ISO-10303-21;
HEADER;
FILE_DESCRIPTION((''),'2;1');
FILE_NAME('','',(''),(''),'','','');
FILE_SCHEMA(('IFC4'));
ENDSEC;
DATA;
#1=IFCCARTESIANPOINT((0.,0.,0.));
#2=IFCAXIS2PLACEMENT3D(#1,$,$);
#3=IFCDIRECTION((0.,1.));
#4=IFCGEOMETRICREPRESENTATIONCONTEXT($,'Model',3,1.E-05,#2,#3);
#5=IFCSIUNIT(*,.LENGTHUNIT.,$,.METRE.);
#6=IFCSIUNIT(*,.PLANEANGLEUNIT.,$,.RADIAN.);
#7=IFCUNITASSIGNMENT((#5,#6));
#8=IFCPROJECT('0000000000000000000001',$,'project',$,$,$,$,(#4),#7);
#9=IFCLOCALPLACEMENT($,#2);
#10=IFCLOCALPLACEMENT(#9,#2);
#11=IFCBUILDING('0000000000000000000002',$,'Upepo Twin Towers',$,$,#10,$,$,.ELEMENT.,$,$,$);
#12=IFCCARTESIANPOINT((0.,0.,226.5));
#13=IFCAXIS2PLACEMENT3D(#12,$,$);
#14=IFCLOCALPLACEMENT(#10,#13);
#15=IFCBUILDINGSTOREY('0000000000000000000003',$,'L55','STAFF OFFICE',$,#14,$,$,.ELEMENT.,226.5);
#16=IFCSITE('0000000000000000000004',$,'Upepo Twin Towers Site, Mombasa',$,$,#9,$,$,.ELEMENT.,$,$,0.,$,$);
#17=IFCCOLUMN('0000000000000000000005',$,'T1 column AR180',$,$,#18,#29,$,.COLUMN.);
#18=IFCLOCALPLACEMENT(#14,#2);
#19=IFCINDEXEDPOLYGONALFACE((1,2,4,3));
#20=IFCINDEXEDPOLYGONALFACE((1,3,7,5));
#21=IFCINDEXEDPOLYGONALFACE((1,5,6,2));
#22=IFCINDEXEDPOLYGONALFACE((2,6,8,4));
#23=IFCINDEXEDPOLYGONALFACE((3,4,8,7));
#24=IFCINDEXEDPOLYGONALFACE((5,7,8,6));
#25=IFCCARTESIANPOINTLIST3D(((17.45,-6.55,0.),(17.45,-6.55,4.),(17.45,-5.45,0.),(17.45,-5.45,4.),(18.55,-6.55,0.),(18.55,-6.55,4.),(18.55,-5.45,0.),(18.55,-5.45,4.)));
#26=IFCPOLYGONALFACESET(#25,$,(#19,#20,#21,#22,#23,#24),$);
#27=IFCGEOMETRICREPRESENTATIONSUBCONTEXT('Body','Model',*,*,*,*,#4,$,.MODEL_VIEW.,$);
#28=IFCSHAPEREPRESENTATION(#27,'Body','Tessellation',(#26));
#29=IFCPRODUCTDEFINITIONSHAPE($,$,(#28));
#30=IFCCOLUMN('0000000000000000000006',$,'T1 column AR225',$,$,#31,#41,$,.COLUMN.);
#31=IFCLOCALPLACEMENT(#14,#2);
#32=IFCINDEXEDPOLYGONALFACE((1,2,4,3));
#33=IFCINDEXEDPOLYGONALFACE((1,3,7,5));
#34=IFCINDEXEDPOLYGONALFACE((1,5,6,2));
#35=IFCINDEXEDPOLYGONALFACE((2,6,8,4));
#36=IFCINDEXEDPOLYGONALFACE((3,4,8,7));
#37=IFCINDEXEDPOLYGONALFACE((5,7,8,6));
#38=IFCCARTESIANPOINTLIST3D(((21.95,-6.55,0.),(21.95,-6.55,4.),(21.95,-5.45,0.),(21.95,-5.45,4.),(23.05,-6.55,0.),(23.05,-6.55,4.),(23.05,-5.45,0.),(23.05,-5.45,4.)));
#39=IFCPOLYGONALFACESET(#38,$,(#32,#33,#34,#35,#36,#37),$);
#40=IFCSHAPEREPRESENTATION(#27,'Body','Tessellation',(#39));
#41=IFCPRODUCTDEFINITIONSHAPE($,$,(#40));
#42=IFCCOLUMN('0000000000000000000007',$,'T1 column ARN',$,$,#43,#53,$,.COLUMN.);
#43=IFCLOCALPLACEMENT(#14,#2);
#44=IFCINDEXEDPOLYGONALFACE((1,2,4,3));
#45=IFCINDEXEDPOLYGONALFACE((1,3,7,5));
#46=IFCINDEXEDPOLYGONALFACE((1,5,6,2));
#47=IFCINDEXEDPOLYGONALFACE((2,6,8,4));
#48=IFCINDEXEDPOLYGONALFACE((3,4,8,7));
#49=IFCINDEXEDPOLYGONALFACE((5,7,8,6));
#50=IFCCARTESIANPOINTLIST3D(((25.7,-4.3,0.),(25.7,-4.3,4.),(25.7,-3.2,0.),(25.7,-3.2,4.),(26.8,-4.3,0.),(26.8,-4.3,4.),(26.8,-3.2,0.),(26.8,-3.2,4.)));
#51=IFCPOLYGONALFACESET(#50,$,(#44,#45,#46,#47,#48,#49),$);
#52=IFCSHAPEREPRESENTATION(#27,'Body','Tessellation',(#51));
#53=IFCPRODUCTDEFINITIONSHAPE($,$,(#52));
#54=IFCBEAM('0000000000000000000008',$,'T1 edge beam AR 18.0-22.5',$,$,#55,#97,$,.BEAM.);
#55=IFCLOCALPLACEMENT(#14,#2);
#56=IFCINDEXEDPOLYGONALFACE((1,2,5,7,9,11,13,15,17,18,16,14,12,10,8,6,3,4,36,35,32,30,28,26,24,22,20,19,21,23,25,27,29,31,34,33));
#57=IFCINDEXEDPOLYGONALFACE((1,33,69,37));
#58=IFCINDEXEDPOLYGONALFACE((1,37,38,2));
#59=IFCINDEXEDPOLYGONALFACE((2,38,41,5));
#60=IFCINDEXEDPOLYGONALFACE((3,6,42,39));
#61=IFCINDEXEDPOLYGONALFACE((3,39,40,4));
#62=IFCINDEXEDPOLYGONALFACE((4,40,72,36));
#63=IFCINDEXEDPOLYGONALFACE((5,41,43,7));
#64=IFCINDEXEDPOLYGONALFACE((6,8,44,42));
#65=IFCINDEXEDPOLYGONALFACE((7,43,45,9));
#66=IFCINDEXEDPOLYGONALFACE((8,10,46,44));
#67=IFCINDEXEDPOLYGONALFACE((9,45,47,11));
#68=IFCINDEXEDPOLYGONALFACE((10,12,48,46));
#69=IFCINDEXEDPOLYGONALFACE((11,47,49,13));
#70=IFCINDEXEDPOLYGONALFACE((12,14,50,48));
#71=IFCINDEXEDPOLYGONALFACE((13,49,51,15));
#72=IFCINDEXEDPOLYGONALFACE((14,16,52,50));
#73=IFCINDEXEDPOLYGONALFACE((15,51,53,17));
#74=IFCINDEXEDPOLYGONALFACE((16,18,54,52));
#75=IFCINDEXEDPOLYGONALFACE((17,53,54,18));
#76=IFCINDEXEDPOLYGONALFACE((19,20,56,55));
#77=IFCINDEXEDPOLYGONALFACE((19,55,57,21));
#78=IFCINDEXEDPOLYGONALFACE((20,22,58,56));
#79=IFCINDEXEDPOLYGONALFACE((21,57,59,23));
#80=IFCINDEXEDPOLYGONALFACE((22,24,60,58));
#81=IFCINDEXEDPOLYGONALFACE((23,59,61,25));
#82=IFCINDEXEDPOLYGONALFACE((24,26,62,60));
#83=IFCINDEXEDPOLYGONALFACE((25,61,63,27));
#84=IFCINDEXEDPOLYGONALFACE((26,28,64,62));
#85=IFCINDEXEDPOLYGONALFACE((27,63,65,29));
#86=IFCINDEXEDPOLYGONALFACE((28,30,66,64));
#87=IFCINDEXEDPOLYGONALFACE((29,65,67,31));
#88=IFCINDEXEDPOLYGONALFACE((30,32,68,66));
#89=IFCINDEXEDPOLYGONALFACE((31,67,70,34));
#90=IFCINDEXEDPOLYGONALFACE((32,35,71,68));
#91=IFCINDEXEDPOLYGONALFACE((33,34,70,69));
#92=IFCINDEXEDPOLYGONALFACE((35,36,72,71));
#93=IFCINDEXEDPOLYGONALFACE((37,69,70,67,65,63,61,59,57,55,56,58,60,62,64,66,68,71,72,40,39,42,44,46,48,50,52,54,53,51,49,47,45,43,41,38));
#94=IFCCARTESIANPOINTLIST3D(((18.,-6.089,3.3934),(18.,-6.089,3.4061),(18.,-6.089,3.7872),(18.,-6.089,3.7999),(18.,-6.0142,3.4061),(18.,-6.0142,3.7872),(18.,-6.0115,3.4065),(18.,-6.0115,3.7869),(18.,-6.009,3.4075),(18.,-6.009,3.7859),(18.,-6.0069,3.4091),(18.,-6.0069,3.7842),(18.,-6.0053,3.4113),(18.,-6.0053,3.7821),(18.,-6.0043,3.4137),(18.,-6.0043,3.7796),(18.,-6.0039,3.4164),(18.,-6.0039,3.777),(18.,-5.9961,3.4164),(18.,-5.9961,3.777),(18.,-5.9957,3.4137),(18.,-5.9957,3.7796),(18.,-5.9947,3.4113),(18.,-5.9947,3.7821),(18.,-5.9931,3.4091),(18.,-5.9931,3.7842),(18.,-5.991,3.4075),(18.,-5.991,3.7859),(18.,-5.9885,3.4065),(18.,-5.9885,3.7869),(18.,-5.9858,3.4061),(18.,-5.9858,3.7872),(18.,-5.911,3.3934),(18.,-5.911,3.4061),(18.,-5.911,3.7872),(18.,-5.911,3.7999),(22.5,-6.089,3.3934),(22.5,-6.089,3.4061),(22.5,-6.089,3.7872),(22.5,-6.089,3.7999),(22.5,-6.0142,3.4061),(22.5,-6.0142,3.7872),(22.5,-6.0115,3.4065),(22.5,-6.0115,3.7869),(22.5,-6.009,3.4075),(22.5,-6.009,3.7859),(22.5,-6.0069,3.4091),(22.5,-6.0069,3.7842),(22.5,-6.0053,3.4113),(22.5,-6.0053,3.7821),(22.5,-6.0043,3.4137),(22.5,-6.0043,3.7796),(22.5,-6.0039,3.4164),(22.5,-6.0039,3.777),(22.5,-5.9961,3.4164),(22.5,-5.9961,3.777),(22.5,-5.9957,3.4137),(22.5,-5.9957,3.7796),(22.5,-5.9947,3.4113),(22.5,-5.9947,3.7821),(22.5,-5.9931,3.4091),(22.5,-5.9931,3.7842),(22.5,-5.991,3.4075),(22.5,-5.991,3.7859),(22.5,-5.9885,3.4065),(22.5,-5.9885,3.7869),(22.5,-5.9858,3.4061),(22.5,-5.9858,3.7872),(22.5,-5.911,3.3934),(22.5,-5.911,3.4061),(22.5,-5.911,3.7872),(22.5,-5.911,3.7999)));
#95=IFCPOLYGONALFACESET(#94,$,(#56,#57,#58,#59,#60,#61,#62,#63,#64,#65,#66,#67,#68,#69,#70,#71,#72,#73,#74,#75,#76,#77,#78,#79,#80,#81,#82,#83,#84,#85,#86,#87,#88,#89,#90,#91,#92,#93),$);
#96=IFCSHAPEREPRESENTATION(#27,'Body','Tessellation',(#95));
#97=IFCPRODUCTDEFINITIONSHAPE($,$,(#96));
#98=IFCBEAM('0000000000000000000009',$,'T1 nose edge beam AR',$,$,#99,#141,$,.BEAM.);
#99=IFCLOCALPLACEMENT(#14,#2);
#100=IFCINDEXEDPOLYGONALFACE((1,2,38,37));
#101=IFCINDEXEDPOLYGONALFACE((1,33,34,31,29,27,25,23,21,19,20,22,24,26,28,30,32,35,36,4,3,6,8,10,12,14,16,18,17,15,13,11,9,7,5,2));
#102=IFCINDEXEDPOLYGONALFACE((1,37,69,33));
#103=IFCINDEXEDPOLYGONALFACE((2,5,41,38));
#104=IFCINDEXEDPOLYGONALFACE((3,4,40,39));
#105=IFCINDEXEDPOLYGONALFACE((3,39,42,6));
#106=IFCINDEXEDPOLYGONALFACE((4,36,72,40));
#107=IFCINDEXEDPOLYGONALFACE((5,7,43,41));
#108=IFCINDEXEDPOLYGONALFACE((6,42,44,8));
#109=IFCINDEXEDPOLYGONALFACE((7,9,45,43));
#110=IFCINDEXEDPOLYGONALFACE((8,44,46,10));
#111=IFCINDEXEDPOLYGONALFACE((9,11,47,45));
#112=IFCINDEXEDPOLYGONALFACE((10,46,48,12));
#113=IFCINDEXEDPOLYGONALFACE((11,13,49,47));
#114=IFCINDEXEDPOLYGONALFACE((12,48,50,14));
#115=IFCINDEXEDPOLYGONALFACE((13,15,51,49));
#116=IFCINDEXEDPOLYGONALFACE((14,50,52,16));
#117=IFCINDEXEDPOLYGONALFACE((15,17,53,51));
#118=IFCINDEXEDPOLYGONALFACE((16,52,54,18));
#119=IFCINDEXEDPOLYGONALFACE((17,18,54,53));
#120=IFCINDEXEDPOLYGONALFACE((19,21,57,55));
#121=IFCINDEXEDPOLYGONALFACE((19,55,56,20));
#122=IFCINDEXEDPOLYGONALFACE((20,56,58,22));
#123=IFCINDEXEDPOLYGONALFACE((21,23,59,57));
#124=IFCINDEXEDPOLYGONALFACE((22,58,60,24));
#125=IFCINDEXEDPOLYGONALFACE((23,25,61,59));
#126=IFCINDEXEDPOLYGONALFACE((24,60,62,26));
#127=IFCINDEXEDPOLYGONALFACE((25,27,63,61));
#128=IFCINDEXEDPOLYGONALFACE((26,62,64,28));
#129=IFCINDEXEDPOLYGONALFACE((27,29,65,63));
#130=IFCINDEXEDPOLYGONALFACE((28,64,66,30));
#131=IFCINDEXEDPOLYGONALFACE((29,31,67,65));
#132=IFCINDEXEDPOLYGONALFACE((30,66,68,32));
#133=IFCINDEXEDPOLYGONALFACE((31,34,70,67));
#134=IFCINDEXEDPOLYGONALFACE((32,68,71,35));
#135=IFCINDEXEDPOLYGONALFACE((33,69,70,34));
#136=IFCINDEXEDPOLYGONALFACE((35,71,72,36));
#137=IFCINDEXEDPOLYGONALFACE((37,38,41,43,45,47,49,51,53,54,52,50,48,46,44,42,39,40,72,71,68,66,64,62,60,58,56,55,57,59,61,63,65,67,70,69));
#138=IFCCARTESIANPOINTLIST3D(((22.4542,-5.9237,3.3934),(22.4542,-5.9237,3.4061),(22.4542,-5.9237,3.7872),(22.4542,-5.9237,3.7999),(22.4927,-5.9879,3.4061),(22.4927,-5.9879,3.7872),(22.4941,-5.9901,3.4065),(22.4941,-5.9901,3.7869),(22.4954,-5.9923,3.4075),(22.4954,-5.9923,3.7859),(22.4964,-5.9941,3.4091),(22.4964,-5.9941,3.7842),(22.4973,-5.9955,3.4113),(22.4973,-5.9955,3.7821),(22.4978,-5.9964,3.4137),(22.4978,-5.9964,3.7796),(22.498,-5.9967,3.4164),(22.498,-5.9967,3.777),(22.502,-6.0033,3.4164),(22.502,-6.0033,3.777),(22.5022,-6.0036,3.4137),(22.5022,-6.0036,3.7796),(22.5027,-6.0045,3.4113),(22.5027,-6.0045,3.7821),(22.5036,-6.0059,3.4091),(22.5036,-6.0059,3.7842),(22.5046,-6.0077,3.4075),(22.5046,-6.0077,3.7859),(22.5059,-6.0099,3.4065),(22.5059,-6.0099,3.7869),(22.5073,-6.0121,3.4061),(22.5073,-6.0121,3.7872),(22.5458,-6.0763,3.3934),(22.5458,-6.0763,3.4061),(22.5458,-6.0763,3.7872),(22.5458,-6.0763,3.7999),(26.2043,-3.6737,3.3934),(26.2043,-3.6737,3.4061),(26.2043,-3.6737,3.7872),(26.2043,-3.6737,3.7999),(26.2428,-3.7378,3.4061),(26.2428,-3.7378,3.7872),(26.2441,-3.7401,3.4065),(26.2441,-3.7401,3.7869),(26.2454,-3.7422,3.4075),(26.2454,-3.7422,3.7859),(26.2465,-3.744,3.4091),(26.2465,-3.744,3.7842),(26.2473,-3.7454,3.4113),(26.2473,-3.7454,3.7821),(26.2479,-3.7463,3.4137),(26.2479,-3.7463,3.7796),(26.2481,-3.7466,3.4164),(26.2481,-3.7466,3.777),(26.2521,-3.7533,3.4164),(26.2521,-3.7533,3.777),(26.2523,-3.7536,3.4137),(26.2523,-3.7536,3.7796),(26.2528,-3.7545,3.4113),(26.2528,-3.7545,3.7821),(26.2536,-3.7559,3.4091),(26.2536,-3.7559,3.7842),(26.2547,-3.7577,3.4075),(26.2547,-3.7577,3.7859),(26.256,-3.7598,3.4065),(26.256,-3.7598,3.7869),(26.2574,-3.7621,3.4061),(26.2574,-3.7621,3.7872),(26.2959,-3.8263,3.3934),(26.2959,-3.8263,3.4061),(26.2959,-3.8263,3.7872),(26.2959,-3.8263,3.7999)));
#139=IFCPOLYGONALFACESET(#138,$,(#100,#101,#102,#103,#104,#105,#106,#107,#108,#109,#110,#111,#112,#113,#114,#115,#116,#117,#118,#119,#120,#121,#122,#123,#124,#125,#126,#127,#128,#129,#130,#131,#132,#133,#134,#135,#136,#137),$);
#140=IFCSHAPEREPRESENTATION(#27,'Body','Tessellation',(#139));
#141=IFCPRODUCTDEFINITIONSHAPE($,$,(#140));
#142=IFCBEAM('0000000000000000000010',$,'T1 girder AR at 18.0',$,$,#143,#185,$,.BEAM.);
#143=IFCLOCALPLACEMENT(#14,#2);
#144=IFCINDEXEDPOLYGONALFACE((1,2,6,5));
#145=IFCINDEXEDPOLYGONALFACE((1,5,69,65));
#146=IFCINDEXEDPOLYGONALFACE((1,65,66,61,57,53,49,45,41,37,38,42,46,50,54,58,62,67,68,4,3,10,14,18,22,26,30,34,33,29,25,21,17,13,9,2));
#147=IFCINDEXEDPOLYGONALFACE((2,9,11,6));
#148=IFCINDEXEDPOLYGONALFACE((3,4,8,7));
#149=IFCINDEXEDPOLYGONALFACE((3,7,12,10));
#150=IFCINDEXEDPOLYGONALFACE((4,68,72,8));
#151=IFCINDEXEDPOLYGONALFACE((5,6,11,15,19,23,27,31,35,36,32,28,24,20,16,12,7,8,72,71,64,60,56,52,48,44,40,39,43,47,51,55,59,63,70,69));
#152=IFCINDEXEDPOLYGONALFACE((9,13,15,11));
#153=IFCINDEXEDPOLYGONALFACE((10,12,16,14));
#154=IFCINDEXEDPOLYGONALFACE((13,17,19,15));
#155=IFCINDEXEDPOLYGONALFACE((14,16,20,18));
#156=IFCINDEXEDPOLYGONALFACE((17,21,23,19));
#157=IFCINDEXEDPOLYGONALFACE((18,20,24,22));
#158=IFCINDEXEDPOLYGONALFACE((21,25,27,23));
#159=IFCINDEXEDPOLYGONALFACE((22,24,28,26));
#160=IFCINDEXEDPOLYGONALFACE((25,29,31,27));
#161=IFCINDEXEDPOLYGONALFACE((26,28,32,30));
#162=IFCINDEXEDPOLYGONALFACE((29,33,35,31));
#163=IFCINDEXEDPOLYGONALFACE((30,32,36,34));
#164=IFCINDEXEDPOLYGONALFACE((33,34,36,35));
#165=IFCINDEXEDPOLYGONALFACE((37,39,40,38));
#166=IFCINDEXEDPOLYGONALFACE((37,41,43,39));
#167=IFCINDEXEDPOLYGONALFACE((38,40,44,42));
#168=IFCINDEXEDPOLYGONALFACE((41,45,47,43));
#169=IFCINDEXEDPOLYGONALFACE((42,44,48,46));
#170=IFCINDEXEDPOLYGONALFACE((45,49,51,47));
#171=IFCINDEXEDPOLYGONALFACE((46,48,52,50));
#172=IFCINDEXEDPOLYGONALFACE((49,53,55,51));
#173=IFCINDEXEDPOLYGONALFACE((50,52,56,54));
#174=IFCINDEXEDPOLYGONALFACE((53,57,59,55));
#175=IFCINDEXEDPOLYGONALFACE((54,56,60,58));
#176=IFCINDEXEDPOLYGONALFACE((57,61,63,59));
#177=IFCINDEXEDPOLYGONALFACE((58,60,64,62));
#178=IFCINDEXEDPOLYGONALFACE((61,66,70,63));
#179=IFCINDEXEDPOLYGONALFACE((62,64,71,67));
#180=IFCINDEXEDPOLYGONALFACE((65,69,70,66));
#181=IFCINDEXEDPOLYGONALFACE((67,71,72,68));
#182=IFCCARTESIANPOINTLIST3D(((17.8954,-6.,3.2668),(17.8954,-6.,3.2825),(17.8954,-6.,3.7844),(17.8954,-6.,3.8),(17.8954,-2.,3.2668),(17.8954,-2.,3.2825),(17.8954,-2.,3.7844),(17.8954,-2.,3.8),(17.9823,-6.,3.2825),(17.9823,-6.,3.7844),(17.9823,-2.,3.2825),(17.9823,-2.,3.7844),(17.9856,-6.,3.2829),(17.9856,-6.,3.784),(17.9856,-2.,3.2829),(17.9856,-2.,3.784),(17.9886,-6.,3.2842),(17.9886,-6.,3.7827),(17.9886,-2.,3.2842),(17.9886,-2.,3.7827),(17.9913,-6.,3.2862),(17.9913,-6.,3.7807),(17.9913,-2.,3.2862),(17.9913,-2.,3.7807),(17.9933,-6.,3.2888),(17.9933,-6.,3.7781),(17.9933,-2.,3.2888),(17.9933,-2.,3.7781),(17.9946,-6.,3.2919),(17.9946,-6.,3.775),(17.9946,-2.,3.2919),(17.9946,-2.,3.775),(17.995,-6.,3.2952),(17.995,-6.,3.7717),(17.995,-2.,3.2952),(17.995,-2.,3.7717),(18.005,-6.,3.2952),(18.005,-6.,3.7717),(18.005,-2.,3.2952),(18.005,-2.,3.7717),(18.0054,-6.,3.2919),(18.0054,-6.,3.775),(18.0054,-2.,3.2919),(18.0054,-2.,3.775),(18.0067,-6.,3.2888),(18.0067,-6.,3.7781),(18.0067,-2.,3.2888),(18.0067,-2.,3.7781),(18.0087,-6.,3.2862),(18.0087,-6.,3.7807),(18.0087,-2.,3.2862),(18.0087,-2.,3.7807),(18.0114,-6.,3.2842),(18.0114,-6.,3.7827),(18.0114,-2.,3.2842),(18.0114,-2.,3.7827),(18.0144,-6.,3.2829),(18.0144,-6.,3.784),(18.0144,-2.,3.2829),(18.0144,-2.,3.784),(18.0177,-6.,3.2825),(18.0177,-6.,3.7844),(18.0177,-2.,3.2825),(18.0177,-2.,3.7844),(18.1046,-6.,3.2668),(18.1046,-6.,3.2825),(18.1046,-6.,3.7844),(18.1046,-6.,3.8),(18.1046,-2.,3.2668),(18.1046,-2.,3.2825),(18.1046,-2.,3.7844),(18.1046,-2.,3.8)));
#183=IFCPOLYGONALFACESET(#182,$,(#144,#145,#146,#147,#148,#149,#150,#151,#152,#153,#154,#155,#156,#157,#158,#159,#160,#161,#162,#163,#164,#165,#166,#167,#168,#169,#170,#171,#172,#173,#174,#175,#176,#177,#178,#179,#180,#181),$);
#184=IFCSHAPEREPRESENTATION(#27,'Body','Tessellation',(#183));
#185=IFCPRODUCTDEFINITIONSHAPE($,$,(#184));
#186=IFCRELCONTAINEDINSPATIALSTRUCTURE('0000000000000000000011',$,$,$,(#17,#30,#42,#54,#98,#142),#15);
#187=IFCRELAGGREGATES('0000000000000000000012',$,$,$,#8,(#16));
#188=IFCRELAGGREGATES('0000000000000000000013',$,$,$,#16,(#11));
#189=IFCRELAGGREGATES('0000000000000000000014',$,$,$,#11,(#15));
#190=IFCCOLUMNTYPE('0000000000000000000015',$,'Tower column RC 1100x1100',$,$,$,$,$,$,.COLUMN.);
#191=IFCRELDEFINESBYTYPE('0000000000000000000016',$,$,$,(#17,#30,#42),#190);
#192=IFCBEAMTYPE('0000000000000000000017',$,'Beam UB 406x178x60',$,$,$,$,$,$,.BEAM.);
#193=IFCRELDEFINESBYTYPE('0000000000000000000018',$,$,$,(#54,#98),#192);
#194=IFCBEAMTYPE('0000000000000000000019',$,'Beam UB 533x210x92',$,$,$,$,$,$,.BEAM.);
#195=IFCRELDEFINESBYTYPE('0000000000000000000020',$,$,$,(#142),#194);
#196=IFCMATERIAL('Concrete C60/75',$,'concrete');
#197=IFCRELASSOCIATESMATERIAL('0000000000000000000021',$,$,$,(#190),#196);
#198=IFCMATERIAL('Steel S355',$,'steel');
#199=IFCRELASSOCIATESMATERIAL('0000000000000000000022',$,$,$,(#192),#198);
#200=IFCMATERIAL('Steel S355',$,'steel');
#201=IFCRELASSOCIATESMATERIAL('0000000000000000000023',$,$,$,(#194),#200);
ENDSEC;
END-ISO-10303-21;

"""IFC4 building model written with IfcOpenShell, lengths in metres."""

from ifc_helpers import new_model, si_unit, direction, frame, origin, origin_2d, place, context, subcontext, project, spatial, rectangle, i_section, extrude, material, material_profile, profile_set, type_object, element, save


model = new_model("IFC4")

# Units and contexts
model_context = context("Model", 3, precision=1e-05, world=origin(), true_north=direction((0.0, 1.0)))
body_context = subcontext(model_context, "Body", "Model", "MODEL_VIEW")
ifc_project = project(units=[si_unit("LENGTHUNIT", "METRE"), si_unit("PLANEANGLEUNIT", "RADIAN")], contexts=[model_context])

# Site, building, storey
site_placement = place(None, origin())
site = spatial("IfcSite", under=ifc_project, at=site_placement, Name="Upepo Twin Towers Site, Mombasa", CompositionType="ELEMENT", RefElevation=0.0)
building_placement = place(site_placement, origin())
building = spatial("IfcBuilding", under=site, at=building_placement, Name="Upepo Twin Towers", CompositionType="ELEMENT")
storey_placement = place(building_placement, frame((0.0, 0.0, 226.5)))
storey = spatial("IfcBuildingStorey", under=building, at=storey_placement, Name="L55", Description="STAFF OFFICE", CompositionType="ELEMENT", Elevation=226.5)

# Columns
ifc_material_1 = material(Name="Concrete C60/75", Category="concrete")
ifc_material_profile_1 = material_profile(ifc_material_1, rectangle(XDim=1.1001, YDim=1.1001, at=origin_2d()), Name="RC 1100x1100")
ifc_profile_set_1 = profile_set([ifc_material_profile_1], Name="Concrete C60/75")
column_type = type_object("IfcColumnType", Name="Tower column RC 1100x1100", PredefinedType="COLUMN", material=ifc_profile_set_1)
for number, where, z_axis, x_axis, name in (
    (1, (18.0, -6.0, 0.0), (0.0, 0.0, 1.0), (1.0, 0.0, 0.0), "T1 column AR180"),
    (2, (22.5, -6.0, 0.0), (0.0, 0.0, 1.0), (1.0, 0.0, 0.0), "T1 column AR225"),
    (3, (26.25, -3.75, 0.0), (0.0, 0.0, 1.0), (1.0, 0.0, 0.0), "T1 column ARN"),
):
    element("IfcColumn", number, at=place(storey_placement, frame(where, z_axis=z_axis, x_axis=x_axis)), inside=storey, type_object=column_type, Name=name, PredefinedType="COLUMN", context=body_context, shape_type="SweptSolid", body=[
        extrude(rectangle(XDim=1.1001, YDim=1.1001, at=origin_2d()), origin(), (0.0, 0.0, 1.0), 4.0),
    ])

# Beams
ifc_material_2 = material(Name="Steel S355", Category="steel")
ifc_material_profile_2 = material_profile(ifc_material_2, i_section(OverallWidth=0.178, OverallDepth=0.4065, WebThickness=0.0078, FlangeThickness=0.0127, FilletRadius=0.0103, at=origin_2d()), Name="UB 406x178x60")
ifc_profile_set_2 = profile_set([ifc_material_profile_2], Name="Steel S355")
beam_type_1 = type_object("IfcBeamType", Name="Beam UB 406x178x60", PredefinedType="BEAM", material=ifc_profile_set_2)
beam_1_placement = place(storey_placement, frame((18.0, -6.0, 3.5967), z_axis=(1.0, 0.0, 0.0), x_axis=(0.0, 1.0, 0.0)))
element("IfcBeam", 4, at=beam_1_placement, inside=storey, type_object=beam_type_1, Name="T1 edge beam AR 18.0-22.5", PredefinedType="BEAM", context=body_context, shape_type="SweptSolid", body=[
    extrude(i_section(OverallWidth=0.178, OverallDepth=0.4065, WebThickness=0.0078, FlangeThickness=0.0127, FilletRadius=0.0103, at=origin_2d()), origin(), (0.0, 0.0, 1.0), 4.5),
])
beam_2_placement = place(storey_placement, frame((22.5, -6.0, 3.5967), z_axis=(0.857493, 0.514496, 0.0), x_axis=(-0.514496, 0.857493, 0.0)))
element("IfcBeam", 5, at=beam_2_placement, inside=storey, type_object=beam_type_1, Name="T1 nose edge beam AR", PredefinedType="BEAM", context=body_context, shape_type="SweptSolid", body=[
    extrude(i_section(OverallWidth=0.178, OverallDepth=0.4065, WebThickness=0.0078, FlangeThickness=0.0127, FilletRadius=0.0103, at=origin_2d()), origin(), (0.0, 0.0, 1.0), 4.3733),
])
ifc_material_3 = material(Name="Steel S355", Category="steel")
ifc_material_profile_3 = material_profile(ifc_material_3, i_section(OverallWidth=0.2092, OverallDepth=0.5332, WebThickness=0.01, FlangeThickness=0.0156, FilletRadius=0.0127, at=origin_2d()), Name="UB 533x210x92")
ifc_profile_set_3 = profile_set([ifc_material_profile_3], Name="Steel S355")
beam_type_2 = type_object("IfcBeamType", Name="Beam UB 533x210x92", PredefinedType="BEAM", material=ifc_profile_set_3)
for number, where, z_axis, x_axis, name in (
    (6, (18.0, -6.0, 3.5334), (0.0, 1.0, 0.0), (-1.0, 0.0, 0.0), "T1 girder AR at 18.0"),
):
    element("IfcBeam", number, at=place(storey_placement, frame(where, z_axis=z_axis, x_axis=x_axis)), inside=storey, type_object=beam_type_2, Name=name, PredefinedType="BEAM", context=body_context, shape_type="SweptSolid", body=[
        extrude(i_section(OverallWidth=0.2092, OverallDepth=0.5332, WebThickness=0.01, FlangeThickness=0.0156, FilletRadius=0.0127, at=origin_2d()), origin(), (0.0, 0.0, 1.0), 4.0),
    ])

save(model, "model.ifc")
